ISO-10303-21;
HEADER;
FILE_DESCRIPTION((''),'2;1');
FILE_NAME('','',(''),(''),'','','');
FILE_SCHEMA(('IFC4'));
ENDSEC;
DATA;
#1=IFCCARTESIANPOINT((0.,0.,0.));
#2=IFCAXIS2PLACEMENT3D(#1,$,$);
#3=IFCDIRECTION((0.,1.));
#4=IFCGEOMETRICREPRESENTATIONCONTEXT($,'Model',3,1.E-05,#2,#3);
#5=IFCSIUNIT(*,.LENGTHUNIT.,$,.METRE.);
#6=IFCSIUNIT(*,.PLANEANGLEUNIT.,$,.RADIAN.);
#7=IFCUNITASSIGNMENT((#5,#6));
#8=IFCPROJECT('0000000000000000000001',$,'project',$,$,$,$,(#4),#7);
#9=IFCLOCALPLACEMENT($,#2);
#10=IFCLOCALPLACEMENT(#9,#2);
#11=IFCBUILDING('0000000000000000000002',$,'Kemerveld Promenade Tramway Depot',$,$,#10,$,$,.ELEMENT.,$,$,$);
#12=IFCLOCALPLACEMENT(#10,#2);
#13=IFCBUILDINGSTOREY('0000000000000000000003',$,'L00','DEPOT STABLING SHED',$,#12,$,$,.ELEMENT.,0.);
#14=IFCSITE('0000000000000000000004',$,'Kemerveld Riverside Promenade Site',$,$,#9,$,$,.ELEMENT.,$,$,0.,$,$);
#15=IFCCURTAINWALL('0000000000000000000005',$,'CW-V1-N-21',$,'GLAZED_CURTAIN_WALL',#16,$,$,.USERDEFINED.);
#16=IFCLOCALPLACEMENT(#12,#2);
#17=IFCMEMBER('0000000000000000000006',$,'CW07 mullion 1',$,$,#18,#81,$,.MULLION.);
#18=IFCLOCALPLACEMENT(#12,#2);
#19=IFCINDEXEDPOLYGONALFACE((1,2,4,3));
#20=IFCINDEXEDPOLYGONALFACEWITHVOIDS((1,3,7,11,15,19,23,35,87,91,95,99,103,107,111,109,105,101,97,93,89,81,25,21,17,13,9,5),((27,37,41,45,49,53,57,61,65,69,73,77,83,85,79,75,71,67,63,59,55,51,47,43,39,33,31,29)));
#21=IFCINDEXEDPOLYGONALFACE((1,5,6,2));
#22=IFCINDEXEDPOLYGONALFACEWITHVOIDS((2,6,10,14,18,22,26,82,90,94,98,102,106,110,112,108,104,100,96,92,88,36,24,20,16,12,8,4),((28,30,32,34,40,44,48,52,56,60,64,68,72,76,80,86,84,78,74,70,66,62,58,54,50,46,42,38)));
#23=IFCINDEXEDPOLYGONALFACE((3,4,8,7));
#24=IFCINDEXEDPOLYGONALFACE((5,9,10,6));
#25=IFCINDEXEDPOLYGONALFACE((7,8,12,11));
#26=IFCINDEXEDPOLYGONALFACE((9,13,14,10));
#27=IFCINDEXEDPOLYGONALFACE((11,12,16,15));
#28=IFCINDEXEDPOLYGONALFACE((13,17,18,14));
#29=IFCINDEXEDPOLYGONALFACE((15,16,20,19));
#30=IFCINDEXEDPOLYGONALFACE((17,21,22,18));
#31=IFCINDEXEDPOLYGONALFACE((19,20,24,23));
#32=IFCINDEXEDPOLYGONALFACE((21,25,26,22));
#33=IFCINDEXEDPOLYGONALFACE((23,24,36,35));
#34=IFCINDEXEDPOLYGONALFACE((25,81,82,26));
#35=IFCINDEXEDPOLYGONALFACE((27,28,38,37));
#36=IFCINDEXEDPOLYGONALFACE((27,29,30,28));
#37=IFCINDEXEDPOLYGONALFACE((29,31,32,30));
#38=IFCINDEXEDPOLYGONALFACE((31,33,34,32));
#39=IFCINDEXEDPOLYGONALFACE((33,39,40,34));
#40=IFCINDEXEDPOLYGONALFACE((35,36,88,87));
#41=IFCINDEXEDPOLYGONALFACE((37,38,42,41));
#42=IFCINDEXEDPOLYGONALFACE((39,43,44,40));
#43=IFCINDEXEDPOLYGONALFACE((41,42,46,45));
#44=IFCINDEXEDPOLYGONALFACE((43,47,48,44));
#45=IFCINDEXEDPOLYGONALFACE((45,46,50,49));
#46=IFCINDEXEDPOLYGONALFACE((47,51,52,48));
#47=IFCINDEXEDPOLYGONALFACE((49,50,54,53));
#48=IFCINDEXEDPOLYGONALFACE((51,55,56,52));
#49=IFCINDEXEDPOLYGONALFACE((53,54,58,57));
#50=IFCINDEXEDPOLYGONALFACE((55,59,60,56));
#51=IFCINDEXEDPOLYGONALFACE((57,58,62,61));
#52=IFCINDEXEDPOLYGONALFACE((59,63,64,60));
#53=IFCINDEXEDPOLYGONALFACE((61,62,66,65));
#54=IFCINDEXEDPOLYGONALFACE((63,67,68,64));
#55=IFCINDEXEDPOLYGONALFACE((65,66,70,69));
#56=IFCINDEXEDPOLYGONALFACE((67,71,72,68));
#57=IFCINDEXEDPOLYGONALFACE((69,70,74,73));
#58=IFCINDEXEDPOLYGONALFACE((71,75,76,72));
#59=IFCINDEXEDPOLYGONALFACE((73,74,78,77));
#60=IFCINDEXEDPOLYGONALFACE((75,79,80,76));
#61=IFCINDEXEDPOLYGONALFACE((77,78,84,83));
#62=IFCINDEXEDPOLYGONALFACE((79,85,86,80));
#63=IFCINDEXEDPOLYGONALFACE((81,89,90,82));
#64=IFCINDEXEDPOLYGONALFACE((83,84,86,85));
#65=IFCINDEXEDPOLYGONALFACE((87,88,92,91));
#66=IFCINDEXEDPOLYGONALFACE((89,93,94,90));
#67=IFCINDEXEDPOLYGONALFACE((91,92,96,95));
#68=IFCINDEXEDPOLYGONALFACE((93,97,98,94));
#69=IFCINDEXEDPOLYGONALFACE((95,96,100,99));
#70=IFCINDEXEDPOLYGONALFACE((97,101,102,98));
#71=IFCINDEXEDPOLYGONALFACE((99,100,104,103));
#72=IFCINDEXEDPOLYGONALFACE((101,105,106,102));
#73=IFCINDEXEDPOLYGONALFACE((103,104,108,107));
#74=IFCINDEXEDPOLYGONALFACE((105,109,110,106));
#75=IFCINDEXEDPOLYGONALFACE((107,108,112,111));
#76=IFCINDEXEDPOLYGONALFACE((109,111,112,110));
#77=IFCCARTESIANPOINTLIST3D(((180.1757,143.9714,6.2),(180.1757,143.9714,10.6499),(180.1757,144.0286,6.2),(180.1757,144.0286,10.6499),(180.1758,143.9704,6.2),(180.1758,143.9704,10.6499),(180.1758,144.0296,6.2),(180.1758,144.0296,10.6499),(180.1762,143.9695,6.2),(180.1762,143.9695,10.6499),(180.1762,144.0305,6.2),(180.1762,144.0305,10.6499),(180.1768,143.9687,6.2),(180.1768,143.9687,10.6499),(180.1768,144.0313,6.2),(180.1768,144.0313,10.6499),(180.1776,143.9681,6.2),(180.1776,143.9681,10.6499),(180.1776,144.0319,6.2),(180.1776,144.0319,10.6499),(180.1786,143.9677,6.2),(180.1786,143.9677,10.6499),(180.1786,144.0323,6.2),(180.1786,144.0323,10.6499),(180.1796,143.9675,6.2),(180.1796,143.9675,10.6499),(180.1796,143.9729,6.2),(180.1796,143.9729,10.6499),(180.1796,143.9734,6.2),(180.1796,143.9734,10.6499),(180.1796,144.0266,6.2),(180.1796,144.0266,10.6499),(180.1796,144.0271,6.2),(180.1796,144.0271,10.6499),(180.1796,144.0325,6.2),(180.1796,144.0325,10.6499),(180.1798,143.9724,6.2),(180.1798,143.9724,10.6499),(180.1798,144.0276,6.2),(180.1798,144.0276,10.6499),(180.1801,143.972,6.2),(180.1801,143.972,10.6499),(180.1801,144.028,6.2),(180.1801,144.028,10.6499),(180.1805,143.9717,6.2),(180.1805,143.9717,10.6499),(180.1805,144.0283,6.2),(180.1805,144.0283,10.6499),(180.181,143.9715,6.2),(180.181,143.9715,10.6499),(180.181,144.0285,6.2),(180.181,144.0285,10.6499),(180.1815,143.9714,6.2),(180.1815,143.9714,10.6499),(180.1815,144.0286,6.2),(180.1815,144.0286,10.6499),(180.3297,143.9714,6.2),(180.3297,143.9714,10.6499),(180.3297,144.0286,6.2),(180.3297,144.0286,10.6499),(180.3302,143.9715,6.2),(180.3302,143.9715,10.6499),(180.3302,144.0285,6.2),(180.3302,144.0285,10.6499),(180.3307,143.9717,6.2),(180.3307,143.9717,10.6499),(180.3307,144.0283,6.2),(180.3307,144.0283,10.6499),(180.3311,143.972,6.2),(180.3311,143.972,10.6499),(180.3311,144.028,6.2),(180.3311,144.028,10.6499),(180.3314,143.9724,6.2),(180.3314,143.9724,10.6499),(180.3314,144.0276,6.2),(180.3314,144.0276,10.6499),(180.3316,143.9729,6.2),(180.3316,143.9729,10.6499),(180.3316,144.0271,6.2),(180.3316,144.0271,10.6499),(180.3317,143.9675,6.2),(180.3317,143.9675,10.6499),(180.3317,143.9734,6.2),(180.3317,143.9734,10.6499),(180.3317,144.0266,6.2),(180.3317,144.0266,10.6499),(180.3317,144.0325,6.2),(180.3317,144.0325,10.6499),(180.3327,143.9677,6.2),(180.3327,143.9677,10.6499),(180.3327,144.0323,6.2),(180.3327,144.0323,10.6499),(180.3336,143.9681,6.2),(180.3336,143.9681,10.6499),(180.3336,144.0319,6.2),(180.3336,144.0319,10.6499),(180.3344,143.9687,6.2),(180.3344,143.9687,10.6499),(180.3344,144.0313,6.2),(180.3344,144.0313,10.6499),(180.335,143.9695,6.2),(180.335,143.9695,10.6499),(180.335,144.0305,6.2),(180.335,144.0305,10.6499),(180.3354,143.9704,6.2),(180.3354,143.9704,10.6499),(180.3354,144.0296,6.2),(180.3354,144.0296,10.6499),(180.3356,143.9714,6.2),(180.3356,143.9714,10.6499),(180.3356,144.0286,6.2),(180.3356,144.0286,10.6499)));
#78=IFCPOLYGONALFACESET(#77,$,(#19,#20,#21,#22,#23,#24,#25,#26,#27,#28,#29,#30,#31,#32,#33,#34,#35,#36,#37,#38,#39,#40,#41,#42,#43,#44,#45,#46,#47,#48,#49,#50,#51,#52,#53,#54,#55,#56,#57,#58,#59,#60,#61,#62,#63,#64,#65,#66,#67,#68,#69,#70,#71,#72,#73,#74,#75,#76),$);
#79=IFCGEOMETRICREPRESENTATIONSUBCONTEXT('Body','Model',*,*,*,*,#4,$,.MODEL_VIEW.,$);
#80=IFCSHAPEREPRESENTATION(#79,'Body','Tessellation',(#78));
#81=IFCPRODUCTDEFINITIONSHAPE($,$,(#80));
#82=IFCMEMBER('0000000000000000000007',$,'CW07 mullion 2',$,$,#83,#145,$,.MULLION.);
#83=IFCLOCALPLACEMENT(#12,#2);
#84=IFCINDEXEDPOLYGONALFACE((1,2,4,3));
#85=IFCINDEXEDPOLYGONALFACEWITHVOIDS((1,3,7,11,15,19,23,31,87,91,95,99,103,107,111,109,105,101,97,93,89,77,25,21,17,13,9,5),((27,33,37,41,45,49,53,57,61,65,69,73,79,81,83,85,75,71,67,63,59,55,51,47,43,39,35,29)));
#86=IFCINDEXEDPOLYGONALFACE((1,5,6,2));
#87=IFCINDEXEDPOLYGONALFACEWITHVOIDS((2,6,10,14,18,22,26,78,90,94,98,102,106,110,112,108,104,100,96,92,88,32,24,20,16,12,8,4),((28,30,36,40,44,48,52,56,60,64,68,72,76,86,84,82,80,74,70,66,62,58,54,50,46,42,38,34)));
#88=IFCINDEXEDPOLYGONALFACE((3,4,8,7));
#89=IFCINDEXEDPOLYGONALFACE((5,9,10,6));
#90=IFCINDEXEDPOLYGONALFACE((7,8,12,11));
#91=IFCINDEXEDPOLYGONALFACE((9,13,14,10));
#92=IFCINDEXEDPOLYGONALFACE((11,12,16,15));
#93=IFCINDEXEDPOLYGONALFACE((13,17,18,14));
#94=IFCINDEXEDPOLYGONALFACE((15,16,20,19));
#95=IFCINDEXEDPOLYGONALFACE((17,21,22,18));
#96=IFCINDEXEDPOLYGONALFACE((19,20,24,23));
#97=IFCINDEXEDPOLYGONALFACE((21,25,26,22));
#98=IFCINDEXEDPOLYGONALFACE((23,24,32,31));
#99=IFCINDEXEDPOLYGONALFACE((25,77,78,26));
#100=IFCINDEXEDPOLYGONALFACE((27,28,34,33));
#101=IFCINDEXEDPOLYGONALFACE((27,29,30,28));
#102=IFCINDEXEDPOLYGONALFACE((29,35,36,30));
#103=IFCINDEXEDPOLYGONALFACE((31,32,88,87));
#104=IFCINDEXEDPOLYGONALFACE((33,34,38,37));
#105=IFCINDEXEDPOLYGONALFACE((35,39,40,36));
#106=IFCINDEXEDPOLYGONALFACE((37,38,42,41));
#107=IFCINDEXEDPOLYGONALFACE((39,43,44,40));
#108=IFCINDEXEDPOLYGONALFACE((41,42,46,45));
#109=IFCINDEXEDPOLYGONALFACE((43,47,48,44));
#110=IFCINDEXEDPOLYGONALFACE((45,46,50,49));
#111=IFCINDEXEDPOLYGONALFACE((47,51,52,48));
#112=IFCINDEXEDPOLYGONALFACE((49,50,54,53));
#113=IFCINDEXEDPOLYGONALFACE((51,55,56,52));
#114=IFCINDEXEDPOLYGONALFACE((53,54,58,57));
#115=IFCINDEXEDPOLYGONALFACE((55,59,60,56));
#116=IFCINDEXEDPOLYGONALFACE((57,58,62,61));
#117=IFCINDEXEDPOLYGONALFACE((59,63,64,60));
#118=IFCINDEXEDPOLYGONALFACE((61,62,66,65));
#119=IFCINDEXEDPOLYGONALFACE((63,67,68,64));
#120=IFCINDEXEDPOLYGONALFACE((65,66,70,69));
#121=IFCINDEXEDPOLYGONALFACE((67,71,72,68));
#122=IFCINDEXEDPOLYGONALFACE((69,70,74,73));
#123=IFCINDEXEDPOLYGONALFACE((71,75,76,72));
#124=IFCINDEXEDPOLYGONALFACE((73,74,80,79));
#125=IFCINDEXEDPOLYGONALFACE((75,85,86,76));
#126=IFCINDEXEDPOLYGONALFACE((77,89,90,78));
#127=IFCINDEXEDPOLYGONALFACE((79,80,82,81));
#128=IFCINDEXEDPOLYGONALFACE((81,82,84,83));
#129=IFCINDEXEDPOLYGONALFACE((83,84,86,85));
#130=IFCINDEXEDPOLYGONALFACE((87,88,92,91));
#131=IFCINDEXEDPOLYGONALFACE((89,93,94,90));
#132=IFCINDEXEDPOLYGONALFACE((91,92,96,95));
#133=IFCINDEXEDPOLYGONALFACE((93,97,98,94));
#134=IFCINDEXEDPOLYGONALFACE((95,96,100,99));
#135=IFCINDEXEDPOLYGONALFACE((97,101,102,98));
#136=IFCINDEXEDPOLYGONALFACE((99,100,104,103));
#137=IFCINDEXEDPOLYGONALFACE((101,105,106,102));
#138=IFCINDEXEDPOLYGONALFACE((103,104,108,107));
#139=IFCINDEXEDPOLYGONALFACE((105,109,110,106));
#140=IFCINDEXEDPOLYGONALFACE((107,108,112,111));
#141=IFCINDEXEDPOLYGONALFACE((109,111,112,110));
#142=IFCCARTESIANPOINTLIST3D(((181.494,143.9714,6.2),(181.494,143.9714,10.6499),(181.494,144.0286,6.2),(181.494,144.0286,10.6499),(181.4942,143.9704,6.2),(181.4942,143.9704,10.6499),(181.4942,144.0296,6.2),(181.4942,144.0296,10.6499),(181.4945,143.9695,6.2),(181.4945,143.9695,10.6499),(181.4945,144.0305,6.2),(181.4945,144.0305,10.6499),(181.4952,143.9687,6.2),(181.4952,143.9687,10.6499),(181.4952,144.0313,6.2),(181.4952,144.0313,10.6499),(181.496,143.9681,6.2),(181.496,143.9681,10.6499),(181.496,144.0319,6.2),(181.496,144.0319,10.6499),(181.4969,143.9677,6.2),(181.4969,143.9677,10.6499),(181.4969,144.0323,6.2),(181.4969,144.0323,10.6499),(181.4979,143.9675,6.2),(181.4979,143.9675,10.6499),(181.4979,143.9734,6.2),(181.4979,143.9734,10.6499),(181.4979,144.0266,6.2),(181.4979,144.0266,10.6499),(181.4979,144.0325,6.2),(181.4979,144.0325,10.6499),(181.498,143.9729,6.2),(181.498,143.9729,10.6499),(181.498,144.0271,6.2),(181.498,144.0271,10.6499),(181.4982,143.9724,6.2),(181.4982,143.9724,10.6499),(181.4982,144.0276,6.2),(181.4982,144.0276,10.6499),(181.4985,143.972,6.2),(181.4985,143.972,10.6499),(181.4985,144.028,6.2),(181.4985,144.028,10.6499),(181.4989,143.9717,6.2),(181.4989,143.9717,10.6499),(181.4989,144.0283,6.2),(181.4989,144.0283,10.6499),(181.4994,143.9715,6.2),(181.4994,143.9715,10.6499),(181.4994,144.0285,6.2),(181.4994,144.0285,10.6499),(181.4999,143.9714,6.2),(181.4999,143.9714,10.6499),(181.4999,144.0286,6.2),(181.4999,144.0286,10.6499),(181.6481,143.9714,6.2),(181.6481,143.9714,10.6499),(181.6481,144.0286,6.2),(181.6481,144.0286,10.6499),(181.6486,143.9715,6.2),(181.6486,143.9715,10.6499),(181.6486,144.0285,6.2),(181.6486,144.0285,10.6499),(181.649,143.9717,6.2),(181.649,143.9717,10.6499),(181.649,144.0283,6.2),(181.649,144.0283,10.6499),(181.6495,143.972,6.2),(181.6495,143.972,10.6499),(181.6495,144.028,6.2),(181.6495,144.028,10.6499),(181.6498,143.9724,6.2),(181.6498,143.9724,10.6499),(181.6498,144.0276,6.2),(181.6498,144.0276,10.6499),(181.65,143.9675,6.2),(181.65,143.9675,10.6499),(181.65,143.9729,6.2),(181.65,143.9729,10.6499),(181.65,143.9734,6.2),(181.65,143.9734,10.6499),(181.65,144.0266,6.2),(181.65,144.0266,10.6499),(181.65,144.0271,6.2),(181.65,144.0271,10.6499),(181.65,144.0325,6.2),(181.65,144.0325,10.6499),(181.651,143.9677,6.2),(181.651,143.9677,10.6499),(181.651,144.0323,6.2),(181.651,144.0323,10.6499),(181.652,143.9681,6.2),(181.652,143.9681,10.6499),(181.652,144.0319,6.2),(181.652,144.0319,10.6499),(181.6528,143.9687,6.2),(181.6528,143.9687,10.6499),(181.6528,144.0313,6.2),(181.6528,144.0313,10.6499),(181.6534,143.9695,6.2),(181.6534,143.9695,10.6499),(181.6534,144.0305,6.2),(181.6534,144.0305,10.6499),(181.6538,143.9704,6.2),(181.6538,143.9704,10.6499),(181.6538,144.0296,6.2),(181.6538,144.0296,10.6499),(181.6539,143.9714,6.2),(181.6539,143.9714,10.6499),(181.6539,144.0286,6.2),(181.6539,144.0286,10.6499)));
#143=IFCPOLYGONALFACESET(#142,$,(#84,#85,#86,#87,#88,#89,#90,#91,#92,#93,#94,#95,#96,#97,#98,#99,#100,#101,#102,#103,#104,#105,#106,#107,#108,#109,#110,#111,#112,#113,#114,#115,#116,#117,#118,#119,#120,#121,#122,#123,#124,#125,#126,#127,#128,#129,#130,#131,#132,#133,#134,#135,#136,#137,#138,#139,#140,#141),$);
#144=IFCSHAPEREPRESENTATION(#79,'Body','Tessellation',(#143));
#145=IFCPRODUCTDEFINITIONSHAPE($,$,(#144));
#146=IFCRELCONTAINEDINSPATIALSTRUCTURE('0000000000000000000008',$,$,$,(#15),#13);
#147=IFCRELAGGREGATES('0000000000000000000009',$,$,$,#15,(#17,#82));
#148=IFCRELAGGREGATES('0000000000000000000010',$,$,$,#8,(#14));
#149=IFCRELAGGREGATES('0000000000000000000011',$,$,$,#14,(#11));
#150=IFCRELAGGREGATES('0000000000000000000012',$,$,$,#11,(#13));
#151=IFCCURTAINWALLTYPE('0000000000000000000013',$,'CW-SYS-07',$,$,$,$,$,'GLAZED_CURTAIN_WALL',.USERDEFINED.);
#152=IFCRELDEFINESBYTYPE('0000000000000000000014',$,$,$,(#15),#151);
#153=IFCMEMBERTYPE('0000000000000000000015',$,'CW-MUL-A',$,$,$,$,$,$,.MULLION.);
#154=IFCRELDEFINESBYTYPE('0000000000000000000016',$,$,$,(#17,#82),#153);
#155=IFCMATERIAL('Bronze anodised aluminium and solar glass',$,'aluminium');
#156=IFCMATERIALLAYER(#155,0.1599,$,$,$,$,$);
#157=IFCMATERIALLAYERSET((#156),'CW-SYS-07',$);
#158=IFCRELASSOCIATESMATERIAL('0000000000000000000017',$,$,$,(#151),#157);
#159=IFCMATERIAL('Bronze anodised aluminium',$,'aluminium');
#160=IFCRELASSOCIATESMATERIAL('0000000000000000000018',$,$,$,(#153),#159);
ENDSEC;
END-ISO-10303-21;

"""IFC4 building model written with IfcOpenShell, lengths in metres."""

from ifc_helpers import new_model, si_unit, direction, frame, origin, origin_2d, place, context, subcontext, project, spatial, hollow_rectangle, extrude, material, layer, layer_set, material_profile, profile_set, type_object, element, aggregate, save


model = new_model("IFC4")

# Units and contexts
model_context = context("Model", 3, precision=1e-05, world=origin(), true_north=direction((0.0, 1.0)))
body_context = subcontext(model_context, "Body", "Model", "MODEL_VIEW")
ifc_project = project(units=[si_unit("LENGTHUNIT", "METRE"), si_unit("PLANEANGLEUNIT", "RADIAN")], contexts=[model_context])

# Site, building, storey
site_placement = place(None, origin())
site = spatial("IfcSite", under=ifc_project, at=site_placement, Name="Kemerveld Riverside Promenade Site", CompositionType="ELEMENT", RefElevation=0.0)
building_placement = place(site_placement, origin())
building = spatial("IfcBuilding", under=site, at=building_placement, Name="Kemerveld Promenade Tramway Depot", CompositionType="ELEMENT")
storey_placement = place(building_placement, origin())
storey = spatial("IfcBuildingStorey", under=building, at=storey_placement, Name="L00", Description="DEPOT STABLING SHED", CompositionType="ELEMENT", Elevation=0.0)

# Curtain wall, members
ifc_material_1 = material(Name="Bronze anodised aluminium and solar glass", Category="aluminium")
ifc_layer_1 = layer(ifc_material_1, 0.1599)
ifc_layer_set_1 = layer_set([ifc_layer_1], Name="CW-SYS-07")
curtain_wall_type_1 = type_object("IfcCurtainWallType", Name="CW-SYS-07", ElementType="GLAZED_CURTAIN_WALL", PredefinedType="USERDEFINED", material=ifc_layer_set_1)
curtain_wall_1_placement = place(storey_placement, origin())
curtain_wall_1 = element("IfcCurtainWall", 1, at=curtain_wall_1_placement, inside=storey, type_object=curtain_wall_type_1, Name="CW-V1-N-21", ObjectType="GLAZED_CURTAIN_WALL", PredefinedType="USERDEFINED")
ifc_material_2 = material(Name="Bronze anodised aluminium", Category="aluminium")
ifc_material_profile_1 = material_profile(ifc_material_2, hollow_rectangle(XDim=0.0649, YDim=0.1599, WallThickness=0.0039, InnerFilletRadius=0.002, OuterFilletRadius=0.0039, at=origin_2d()), Name="CW-MUL-160x65")
ifc_profile_set_1 = profile_set([ifc_material_profile_1], Name="Bronze anodised aluminium")
member_type_1 = type_object("IfcMemberType", Name="CW-MUL-A", PredefinedType="MULLION", material=ifc_profile_set_1)
member_1_placement = place(storey_placement, frame((180.2556, 144.0, 6.2), z_axis=(0.0, 0.0, 1.0), x_axis=(0.0, 1.0, 0.0)))
member_1 = element("IfcMember", 2, at=member_1_placement, type_object=member_type_1, Name="CW07 mullion 1", PredefinedType="MULLION", context=body_context, shape_type="SweptSolid", body=[
    extrude(hollow_rectangle(XDim=0.0649, YDim=0.1599, WallThickness=0.0039, InnerFilletRadius=0.002, OuterFilletRadius=0.0039, at=origin_2d()), origin(), (0.0, 0.0, 1.0), 4.45),
])
member_2_placement = place(storey_placement, frame((181.574, 144.0, 6.2), z_axis=(0.0, 0.0, 1.0), x_axis=(0.0, 1.0, 0.0)))
member_2 = element("IfcMember", 3, at=member_2_placement, type_object=member_type_1, Name="CW07 mullion 2", PredefinedType="MULLION", context=body_context, shape_type="SweptSolid", body=[
    extrude(hollow_rectangle(XDim=0.0649, YDim=0.1599, WallThickness=0.0039, InnerFilletRadius=0.002, OuterFilletRadius=0.0039, at=origin_2d()), origin(), (0.0, 0.0, 1.0), 4.45),
])

aggregate(curtain_wall_1, [member_1, member_2])

save(model, "model.ifc")
